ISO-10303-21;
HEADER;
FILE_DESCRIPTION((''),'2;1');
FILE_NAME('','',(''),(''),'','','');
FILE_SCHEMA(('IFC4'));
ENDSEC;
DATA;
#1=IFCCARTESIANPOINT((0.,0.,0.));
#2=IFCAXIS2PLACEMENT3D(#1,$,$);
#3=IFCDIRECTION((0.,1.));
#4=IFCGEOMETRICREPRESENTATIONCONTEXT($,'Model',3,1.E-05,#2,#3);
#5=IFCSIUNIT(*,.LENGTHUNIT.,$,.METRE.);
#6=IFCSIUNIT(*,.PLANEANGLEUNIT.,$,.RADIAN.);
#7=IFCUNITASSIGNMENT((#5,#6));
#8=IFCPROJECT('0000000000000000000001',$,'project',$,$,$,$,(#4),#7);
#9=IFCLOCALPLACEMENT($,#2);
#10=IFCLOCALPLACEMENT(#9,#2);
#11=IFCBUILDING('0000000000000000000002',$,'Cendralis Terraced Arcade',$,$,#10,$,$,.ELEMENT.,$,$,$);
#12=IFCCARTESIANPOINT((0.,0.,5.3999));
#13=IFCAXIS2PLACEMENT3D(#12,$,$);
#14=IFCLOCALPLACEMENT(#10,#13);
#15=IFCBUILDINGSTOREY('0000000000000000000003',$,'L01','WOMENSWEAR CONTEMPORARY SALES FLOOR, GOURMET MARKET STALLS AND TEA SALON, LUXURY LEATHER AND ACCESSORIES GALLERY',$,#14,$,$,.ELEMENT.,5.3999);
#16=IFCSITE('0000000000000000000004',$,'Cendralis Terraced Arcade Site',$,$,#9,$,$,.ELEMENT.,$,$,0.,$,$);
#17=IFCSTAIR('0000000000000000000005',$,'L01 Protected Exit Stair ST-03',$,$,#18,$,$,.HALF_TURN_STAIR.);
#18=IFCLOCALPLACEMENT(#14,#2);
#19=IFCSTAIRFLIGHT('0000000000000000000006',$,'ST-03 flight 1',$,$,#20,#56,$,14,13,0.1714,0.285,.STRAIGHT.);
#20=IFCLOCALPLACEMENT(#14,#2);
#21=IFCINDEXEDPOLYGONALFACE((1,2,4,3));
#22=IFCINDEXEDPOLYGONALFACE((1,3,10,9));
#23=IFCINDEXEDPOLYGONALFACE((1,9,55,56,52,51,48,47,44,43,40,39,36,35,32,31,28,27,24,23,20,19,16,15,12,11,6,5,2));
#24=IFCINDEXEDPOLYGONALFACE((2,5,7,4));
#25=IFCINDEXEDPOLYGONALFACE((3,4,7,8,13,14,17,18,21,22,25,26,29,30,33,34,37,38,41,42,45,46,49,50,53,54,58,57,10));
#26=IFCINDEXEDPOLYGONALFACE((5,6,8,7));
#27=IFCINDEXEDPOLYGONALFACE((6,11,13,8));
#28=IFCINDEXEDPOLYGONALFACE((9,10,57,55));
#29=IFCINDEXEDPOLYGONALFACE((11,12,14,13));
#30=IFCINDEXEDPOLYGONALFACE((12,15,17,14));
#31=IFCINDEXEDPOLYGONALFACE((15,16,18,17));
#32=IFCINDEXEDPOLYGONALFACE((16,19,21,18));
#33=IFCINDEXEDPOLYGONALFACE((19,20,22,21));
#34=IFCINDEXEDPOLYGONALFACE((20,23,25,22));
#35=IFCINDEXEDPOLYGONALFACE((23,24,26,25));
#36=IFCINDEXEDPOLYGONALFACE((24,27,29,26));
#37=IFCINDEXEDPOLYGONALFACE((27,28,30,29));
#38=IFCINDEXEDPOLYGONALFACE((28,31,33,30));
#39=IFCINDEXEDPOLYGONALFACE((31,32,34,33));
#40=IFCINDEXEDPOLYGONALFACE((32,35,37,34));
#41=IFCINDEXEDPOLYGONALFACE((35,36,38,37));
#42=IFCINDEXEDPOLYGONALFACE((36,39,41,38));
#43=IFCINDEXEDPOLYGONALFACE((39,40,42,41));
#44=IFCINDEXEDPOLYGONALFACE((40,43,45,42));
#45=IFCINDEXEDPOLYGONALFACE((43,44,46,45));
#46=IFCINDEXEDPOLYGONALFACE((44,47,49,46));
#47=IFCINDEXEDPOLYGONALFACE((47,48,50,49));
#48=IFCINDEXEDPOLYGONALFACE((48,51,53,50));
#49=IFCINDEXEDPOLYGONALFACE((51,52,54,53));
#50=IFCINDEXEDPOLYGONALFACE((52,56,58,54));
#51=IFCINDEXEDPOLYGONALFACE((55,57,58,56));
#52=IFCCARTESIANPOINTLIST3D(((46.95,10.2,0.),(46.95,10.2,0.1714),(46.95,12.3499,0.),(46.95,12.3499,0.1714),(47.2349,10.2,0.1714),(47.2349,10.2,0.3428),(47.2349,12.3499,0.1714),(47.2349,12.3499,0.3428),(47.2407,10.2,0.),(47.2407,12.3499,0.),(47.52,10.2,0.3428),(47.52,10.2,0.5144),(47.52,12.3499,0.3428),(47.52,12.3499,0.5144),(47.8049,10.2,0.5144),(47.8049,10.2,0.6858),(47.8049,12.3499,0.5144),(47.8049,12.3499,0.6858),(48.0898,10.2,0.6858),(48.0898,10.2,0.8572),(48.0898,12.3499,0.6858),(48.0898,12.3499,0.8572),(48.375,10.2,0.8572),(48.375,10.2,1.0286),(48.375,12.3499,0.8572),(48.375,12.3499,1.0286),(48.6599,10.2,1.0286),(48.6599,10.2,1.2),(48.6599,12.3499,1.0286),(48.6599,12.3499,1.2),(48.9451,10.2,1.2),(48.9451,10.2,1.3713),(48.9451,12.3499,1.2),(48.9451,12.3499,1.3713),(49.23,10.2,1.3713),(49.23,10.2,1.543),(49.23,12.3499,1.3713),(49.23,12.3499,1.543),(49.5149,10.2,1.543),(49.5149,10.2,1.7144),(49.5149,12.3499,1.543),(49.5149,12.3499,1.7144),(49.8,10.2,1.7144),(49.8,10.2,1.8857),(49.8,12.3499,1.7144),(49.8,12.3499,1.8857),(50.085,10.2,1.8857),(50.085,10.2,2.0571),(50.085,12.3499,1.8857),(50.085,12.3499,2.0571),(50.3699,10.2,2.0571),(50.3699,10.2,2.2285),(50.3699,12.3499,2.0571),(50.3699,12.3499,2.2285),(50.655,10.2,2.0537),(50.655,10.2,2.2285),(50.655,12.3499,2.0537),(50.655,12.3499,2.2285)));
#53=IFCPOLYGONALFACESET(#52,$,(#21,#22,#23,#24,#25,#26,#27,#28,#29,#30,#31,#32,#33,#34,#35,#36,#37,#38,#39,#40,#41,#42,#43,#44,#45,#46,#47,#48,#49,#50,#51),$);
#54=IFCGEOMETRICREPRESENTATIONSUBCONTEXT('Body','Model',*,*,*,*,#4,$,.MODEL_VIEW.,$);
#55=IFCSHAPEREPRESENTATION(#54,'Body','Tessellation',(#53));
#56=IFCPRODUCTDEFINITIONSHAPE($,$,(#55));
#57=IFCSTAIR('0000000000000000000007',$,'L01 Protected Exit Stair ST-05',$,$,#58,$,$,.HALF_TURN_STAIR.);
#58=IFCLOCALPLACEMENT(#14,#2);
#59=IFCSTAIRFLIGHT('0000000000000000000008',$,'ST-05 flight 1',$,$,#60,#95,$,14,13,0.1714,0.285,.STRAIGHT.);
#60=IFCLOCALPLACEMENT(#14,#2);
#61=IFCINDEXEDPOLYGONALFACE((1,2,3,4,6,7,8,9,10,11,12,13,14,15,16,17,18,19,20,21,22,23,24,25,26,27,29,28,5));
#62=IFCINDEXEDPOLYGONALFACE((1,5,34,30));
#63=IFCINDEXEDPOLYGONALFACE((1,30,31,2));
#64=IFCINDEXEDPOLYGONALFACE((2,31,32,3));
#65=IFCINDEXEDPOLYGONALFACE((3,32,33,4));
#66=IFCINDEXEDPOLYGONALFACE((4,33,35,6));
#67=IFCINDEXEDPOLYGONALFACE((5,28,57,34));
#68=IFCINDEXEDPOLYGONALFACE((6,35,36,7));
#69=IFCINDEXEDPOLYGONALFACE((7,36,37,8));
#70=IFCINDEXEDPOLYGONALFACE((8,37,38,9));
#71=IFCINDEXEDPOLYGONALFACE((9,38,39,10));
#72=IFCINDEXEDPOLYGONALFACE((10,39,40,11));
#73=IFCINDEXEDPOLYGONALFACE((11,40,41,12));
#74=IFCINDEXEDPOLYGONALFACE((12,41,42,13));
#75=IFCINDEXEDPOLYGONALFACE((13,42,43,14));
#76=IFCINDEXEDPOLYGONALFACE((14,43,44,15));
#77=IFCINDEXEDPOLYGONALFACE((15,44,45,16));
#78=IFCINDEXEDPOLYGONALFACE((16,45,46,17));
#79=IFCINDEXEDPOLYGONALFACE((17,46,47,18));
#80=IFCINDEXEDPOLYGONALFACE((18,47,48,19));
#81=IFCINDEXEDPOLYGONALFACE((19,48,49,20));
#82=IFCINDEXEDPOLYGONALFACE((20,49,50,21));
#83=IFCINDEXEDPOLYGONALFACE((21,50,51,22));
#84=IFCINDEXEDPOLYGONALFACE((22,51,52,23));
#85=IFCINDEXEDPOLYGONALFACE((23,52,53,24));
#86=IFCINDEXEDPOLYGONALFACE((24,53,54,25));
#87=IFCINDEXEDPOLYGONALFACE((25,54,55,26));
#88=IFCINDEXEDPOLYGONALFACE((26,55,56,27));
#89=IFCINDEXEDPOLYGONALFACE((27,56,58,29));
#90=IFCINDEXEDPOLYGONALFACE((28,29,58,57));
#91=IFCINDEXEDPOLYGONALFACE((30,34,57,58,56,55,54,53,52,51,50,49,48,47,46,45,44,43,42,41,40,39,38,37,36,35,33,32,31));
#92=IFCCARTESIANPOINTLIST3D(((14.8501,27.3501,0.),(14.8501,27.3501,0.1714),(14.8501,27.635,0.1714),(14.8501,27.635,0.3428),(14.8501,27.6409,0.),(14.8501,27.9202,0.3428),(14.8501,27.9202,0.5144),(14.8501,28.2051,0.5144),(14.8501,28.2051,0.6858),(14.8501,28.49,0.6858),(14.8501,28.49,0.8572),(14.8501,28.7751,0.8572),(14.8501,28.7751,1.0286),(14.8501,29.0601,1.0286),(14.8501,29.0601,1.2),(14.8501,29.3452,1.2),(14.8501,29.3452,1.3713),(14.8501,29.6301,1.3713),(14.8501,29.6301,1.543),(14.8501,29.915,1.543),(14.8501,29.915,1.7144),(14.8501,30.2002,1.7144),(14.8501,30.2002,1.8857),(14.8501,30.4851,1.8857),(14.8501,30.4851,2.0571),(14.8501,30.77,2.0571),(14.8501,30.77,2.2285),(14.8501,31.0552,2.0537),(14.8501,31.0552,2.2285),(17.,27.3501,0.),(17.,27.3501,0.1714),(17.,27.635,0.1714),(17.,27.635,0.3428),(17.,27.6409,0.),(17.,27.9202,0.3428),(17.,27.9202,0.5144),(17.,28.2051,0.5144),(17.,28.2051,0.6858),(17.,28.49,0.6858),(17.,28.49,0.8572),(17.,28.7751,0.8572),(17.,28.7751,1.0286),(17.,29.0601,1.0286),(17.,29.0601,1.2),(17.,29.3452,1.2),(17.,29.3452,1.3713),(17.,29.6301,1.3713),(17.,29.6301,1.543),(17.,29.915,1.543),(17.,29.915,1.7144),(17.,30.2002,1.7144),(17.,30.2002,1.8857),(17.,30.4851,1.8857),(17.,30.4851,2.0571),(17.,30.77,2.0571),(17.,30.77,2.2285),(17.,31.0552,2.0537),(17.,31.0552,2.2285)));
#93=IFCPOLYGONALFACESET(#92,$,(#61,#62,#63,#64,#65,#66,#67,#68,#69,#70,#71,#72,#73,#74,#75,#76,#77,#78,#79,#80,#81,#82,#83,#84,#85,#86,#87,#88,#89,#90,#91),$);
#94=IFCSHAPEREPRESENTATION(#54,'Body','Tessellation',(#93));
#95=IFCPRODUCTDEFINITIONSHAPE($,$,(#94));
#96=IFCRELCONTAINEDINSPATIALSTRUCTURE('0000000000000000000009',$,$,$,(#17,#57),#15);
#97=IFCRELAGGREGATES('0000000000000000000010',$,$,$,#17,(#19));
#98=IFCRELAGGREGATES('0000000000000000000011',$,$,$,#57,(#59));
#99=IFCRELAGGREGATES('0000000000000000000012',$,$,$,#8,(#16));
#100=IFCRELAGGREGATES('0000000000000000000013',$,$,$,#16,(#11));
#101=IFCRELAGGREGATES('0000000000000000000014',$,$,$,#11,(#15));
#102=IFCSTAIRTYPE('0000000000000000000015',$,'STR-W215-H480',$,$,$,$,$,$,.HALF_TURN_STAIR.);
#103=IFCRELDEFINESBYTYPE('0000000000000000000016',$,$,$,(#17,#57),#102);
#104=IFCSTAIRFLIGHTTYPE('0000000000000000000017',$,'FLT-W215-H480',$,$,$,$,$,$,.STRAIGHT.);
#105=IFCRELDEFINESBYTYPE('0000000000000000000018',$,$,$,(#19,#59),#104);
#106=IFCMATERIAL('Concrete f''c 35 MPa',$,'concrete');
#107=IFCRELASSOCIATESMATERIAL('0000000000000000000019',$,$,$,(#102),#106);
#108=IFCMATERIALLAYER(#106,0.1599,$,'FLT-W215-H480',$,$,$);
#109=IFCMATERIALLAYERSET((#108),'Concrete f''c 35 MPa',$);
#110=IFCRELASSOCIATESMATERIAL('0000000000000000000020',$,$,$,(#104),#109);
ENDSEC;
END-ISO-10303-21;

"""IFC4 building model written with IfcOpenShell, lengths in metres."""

from ifc_helpers import new_model, si_unit, direction, frame, origin, place, context, subcontext, project, spatial, polyline, outline, extrude, material, layer, layer_set, type_object, element, aggregate, save


model = new_model("IFC4")

# Units and contexts
model_context = context("Model", 3, precision=1e-05, world=origin(), true_north=direction((0.0, 1.0)))
body_context = subcontext(model_context, "Body", "Model", "MODEL_VIEW")
ifc_project = project(units=[si_unit("LENGTHUNIT", "METRE"), si_unit("PLANEANGLEUNIT", "RADIAN")], contexts=[model_context])

# Site, building, storey
site_placement = place(None, origin())
site = spatial("IfcSite", under=ifc_project, at=site_placement, Name="Cendralis Terraced Arcade Site", CompositionType="ELEMENT", RefElevation=0.0)
building_placement = place(site_placement, origin())
building = spatial("IfcBuilding", under=site, at=building_placement, Name="Cendralis Terraced Arcade", CompositionType="ELEMENT")
storey_placement = place(building_placement, frame((0.0, 0.0, 5.3999)))
storey = spatial("IfcBuildingStorey", under=building, at=storey_placement, Name="L01", Description="WOMENSWEAR CONTEMPORARY SALES FLOOR, GOURMET MARKET STALLS AND TEA SALON, LUXURY LEATHER AND ACCESSORIES GALLERY", CompositionType="ELEMENT", Elevation=5.3999)

# Shared definitions
ifc_material_1 = material(Name="Concrete f'c 35 MPa", Category="concrete")

# Shared definitions
stair_type = type_object("IfcStairType", Name="STR-W215-H480", PredefinedType="HALF_TURN_STAIR", material=ifc_material_1)
ifc_layer_1 = layer(ifc_material_1, 0.1599, Name="FLT-W215-H480")
ifc_layer_set_1 = layer_set([ifc_layer_1], Name="Concrete f'c 35 MPa")
stair_flight_type = type_object("IfcStairFlightType", Name="FLT-W215-H480", PredefinedType="STRAIGHT", material=ifc_layer_set_1)

# Stairs, stair flights
stair_1_placement = place(storey_placement, origin())
stair_1 = element("IfcStair", 1, at=stair_1_placement, inside=storey, type_object=stair_type, Name="L01 Protected Exit Stair ST-03", PredefinedType="HALF_TURN_STAIR")
stair_flight_1_placement = place(storey_placement, frame((46.95, 11.2749, 0.0), z_axis=(0.0, 0.0, 1.0), x_axis=(1.0, 0.0, 0.0)))
stair_flight_1 = element("IfcStairFlight", 2, at=stair_flight_1_placement, type_object=stair_flight_type, Name="ST-03 flight 1", NumberOfRisers=14, NumberOfTreads=13, PredefinedType="STRAIGHT", RiserHeight=0.1714, TreadLength=0.285, context=body_context, shape_type="SweptSolid", body=[
    extrude(outline(polyline([(0.0, 0.0), (0.0, 0.1714), (0.2849, 0.1714), (0.2849, 0.3428), (0.5701, 0.3428), (0.5701, 0.5144), (0.855, 0.5144), (0.855, 0.6858), (1.1399, 0.6858), (1.1399, 0.8572), (1.425, 0.8572), (1.425, 1.0286), (1.71, 1.0286), (1.71, 1.2), (1.9951, 1.2), (1.9951, 1.3713), (2.28, 1.3713), (2.28, 1.543), (2.5649, 1.543), (2.5649, 1.7144), (2.8501, 1.7144), (2.8501, 1.8857), (3.135, 1.8857), (3.135, 2.0571), (3.4199, 2.0571), (3.4199, 2.2285), (3.7051, 2.2285), (3.7051, 2.3999), (3.7051, 2.0537), (0.2908, 0.0), (0.0, 0.0)])), frame((0.0, 1.075, 0.0), z_axis=(0.0, -1.0, 0.0), x_axis=(1.0, 0.0, 0.0)), (0.0, 0.0, 1.0), 2.1499),
])
aggregate(stair_1, [stair_flight_1])
stair_2_placement = place(storey_placement, origin())
stair_2 = element("IfcStair", 3, at=stair_2_placement, inside=storey, type_object=stair_type, Name="L01 Protected Exit Stair ST-05", PredefinedType="HALF_TURN_STAIR")
stair_flight_2_placement = place(storey_placement, frame((15.925, 27.3501, 0.0), z_axis=(0.0, 0.0, 1.0), x_axis=(0.0, 1.0, 0.0)))
stair_flight_2 = element("IfcStairFlight", 4, at=stair_flight_2_placement, type_object=stair_flight_type, Name="ST-05 flight 1", NumberOfRisers=14, NumberOfTreads=13, PredefinedType="STRAIGHT", RiserHeight=0.1714, TreadLength=0.285, context=body_context, shape_type="SweptSolid", body=[
    extrude(outline(polyline([(0.0, 0.0), (0.0, 0.1714), (0.2849, 0.1714), (0.2849, 0.3428), (0.5701, 0.3428), (0.5701, 0.5144), (0.855, 0.5144), (0.855, 0.6858), (1.1399, 0.6858), (1.1399, 0.8572), (1.425, 0.8572), (1.425, 1.0286), (1.71, 1.0286), (1.71, 1.2), (1.9951, 1.2), (1.9951, 1.3713), (2.28, 1.3713), (2.28, 1.543), (2.5649, 1.543), (2.5649, 1.7144), (2.8501, 1.7144), (2.8501, 1.8857), (3.135, 1.8857), (3.135, 2.0571), (3.4199, 2.0571), (3.4199, 2.2285), (3.7051, 2.2285), (3.7051, 2.3999), (3.7051, 2.0537), (0.2908, 0.0), (0.0, 0.0)])), frame((0.0, 1.075, 0.0), z_axis=(0.0, -1.0, 0.0), x_axis=(1.0, 0.0, 0.0)), (0.0, 0.0, 1.0), 2.1499),
])
aggregate(stair_2, [stair_flight_2])

save(model, "model.ifc")
